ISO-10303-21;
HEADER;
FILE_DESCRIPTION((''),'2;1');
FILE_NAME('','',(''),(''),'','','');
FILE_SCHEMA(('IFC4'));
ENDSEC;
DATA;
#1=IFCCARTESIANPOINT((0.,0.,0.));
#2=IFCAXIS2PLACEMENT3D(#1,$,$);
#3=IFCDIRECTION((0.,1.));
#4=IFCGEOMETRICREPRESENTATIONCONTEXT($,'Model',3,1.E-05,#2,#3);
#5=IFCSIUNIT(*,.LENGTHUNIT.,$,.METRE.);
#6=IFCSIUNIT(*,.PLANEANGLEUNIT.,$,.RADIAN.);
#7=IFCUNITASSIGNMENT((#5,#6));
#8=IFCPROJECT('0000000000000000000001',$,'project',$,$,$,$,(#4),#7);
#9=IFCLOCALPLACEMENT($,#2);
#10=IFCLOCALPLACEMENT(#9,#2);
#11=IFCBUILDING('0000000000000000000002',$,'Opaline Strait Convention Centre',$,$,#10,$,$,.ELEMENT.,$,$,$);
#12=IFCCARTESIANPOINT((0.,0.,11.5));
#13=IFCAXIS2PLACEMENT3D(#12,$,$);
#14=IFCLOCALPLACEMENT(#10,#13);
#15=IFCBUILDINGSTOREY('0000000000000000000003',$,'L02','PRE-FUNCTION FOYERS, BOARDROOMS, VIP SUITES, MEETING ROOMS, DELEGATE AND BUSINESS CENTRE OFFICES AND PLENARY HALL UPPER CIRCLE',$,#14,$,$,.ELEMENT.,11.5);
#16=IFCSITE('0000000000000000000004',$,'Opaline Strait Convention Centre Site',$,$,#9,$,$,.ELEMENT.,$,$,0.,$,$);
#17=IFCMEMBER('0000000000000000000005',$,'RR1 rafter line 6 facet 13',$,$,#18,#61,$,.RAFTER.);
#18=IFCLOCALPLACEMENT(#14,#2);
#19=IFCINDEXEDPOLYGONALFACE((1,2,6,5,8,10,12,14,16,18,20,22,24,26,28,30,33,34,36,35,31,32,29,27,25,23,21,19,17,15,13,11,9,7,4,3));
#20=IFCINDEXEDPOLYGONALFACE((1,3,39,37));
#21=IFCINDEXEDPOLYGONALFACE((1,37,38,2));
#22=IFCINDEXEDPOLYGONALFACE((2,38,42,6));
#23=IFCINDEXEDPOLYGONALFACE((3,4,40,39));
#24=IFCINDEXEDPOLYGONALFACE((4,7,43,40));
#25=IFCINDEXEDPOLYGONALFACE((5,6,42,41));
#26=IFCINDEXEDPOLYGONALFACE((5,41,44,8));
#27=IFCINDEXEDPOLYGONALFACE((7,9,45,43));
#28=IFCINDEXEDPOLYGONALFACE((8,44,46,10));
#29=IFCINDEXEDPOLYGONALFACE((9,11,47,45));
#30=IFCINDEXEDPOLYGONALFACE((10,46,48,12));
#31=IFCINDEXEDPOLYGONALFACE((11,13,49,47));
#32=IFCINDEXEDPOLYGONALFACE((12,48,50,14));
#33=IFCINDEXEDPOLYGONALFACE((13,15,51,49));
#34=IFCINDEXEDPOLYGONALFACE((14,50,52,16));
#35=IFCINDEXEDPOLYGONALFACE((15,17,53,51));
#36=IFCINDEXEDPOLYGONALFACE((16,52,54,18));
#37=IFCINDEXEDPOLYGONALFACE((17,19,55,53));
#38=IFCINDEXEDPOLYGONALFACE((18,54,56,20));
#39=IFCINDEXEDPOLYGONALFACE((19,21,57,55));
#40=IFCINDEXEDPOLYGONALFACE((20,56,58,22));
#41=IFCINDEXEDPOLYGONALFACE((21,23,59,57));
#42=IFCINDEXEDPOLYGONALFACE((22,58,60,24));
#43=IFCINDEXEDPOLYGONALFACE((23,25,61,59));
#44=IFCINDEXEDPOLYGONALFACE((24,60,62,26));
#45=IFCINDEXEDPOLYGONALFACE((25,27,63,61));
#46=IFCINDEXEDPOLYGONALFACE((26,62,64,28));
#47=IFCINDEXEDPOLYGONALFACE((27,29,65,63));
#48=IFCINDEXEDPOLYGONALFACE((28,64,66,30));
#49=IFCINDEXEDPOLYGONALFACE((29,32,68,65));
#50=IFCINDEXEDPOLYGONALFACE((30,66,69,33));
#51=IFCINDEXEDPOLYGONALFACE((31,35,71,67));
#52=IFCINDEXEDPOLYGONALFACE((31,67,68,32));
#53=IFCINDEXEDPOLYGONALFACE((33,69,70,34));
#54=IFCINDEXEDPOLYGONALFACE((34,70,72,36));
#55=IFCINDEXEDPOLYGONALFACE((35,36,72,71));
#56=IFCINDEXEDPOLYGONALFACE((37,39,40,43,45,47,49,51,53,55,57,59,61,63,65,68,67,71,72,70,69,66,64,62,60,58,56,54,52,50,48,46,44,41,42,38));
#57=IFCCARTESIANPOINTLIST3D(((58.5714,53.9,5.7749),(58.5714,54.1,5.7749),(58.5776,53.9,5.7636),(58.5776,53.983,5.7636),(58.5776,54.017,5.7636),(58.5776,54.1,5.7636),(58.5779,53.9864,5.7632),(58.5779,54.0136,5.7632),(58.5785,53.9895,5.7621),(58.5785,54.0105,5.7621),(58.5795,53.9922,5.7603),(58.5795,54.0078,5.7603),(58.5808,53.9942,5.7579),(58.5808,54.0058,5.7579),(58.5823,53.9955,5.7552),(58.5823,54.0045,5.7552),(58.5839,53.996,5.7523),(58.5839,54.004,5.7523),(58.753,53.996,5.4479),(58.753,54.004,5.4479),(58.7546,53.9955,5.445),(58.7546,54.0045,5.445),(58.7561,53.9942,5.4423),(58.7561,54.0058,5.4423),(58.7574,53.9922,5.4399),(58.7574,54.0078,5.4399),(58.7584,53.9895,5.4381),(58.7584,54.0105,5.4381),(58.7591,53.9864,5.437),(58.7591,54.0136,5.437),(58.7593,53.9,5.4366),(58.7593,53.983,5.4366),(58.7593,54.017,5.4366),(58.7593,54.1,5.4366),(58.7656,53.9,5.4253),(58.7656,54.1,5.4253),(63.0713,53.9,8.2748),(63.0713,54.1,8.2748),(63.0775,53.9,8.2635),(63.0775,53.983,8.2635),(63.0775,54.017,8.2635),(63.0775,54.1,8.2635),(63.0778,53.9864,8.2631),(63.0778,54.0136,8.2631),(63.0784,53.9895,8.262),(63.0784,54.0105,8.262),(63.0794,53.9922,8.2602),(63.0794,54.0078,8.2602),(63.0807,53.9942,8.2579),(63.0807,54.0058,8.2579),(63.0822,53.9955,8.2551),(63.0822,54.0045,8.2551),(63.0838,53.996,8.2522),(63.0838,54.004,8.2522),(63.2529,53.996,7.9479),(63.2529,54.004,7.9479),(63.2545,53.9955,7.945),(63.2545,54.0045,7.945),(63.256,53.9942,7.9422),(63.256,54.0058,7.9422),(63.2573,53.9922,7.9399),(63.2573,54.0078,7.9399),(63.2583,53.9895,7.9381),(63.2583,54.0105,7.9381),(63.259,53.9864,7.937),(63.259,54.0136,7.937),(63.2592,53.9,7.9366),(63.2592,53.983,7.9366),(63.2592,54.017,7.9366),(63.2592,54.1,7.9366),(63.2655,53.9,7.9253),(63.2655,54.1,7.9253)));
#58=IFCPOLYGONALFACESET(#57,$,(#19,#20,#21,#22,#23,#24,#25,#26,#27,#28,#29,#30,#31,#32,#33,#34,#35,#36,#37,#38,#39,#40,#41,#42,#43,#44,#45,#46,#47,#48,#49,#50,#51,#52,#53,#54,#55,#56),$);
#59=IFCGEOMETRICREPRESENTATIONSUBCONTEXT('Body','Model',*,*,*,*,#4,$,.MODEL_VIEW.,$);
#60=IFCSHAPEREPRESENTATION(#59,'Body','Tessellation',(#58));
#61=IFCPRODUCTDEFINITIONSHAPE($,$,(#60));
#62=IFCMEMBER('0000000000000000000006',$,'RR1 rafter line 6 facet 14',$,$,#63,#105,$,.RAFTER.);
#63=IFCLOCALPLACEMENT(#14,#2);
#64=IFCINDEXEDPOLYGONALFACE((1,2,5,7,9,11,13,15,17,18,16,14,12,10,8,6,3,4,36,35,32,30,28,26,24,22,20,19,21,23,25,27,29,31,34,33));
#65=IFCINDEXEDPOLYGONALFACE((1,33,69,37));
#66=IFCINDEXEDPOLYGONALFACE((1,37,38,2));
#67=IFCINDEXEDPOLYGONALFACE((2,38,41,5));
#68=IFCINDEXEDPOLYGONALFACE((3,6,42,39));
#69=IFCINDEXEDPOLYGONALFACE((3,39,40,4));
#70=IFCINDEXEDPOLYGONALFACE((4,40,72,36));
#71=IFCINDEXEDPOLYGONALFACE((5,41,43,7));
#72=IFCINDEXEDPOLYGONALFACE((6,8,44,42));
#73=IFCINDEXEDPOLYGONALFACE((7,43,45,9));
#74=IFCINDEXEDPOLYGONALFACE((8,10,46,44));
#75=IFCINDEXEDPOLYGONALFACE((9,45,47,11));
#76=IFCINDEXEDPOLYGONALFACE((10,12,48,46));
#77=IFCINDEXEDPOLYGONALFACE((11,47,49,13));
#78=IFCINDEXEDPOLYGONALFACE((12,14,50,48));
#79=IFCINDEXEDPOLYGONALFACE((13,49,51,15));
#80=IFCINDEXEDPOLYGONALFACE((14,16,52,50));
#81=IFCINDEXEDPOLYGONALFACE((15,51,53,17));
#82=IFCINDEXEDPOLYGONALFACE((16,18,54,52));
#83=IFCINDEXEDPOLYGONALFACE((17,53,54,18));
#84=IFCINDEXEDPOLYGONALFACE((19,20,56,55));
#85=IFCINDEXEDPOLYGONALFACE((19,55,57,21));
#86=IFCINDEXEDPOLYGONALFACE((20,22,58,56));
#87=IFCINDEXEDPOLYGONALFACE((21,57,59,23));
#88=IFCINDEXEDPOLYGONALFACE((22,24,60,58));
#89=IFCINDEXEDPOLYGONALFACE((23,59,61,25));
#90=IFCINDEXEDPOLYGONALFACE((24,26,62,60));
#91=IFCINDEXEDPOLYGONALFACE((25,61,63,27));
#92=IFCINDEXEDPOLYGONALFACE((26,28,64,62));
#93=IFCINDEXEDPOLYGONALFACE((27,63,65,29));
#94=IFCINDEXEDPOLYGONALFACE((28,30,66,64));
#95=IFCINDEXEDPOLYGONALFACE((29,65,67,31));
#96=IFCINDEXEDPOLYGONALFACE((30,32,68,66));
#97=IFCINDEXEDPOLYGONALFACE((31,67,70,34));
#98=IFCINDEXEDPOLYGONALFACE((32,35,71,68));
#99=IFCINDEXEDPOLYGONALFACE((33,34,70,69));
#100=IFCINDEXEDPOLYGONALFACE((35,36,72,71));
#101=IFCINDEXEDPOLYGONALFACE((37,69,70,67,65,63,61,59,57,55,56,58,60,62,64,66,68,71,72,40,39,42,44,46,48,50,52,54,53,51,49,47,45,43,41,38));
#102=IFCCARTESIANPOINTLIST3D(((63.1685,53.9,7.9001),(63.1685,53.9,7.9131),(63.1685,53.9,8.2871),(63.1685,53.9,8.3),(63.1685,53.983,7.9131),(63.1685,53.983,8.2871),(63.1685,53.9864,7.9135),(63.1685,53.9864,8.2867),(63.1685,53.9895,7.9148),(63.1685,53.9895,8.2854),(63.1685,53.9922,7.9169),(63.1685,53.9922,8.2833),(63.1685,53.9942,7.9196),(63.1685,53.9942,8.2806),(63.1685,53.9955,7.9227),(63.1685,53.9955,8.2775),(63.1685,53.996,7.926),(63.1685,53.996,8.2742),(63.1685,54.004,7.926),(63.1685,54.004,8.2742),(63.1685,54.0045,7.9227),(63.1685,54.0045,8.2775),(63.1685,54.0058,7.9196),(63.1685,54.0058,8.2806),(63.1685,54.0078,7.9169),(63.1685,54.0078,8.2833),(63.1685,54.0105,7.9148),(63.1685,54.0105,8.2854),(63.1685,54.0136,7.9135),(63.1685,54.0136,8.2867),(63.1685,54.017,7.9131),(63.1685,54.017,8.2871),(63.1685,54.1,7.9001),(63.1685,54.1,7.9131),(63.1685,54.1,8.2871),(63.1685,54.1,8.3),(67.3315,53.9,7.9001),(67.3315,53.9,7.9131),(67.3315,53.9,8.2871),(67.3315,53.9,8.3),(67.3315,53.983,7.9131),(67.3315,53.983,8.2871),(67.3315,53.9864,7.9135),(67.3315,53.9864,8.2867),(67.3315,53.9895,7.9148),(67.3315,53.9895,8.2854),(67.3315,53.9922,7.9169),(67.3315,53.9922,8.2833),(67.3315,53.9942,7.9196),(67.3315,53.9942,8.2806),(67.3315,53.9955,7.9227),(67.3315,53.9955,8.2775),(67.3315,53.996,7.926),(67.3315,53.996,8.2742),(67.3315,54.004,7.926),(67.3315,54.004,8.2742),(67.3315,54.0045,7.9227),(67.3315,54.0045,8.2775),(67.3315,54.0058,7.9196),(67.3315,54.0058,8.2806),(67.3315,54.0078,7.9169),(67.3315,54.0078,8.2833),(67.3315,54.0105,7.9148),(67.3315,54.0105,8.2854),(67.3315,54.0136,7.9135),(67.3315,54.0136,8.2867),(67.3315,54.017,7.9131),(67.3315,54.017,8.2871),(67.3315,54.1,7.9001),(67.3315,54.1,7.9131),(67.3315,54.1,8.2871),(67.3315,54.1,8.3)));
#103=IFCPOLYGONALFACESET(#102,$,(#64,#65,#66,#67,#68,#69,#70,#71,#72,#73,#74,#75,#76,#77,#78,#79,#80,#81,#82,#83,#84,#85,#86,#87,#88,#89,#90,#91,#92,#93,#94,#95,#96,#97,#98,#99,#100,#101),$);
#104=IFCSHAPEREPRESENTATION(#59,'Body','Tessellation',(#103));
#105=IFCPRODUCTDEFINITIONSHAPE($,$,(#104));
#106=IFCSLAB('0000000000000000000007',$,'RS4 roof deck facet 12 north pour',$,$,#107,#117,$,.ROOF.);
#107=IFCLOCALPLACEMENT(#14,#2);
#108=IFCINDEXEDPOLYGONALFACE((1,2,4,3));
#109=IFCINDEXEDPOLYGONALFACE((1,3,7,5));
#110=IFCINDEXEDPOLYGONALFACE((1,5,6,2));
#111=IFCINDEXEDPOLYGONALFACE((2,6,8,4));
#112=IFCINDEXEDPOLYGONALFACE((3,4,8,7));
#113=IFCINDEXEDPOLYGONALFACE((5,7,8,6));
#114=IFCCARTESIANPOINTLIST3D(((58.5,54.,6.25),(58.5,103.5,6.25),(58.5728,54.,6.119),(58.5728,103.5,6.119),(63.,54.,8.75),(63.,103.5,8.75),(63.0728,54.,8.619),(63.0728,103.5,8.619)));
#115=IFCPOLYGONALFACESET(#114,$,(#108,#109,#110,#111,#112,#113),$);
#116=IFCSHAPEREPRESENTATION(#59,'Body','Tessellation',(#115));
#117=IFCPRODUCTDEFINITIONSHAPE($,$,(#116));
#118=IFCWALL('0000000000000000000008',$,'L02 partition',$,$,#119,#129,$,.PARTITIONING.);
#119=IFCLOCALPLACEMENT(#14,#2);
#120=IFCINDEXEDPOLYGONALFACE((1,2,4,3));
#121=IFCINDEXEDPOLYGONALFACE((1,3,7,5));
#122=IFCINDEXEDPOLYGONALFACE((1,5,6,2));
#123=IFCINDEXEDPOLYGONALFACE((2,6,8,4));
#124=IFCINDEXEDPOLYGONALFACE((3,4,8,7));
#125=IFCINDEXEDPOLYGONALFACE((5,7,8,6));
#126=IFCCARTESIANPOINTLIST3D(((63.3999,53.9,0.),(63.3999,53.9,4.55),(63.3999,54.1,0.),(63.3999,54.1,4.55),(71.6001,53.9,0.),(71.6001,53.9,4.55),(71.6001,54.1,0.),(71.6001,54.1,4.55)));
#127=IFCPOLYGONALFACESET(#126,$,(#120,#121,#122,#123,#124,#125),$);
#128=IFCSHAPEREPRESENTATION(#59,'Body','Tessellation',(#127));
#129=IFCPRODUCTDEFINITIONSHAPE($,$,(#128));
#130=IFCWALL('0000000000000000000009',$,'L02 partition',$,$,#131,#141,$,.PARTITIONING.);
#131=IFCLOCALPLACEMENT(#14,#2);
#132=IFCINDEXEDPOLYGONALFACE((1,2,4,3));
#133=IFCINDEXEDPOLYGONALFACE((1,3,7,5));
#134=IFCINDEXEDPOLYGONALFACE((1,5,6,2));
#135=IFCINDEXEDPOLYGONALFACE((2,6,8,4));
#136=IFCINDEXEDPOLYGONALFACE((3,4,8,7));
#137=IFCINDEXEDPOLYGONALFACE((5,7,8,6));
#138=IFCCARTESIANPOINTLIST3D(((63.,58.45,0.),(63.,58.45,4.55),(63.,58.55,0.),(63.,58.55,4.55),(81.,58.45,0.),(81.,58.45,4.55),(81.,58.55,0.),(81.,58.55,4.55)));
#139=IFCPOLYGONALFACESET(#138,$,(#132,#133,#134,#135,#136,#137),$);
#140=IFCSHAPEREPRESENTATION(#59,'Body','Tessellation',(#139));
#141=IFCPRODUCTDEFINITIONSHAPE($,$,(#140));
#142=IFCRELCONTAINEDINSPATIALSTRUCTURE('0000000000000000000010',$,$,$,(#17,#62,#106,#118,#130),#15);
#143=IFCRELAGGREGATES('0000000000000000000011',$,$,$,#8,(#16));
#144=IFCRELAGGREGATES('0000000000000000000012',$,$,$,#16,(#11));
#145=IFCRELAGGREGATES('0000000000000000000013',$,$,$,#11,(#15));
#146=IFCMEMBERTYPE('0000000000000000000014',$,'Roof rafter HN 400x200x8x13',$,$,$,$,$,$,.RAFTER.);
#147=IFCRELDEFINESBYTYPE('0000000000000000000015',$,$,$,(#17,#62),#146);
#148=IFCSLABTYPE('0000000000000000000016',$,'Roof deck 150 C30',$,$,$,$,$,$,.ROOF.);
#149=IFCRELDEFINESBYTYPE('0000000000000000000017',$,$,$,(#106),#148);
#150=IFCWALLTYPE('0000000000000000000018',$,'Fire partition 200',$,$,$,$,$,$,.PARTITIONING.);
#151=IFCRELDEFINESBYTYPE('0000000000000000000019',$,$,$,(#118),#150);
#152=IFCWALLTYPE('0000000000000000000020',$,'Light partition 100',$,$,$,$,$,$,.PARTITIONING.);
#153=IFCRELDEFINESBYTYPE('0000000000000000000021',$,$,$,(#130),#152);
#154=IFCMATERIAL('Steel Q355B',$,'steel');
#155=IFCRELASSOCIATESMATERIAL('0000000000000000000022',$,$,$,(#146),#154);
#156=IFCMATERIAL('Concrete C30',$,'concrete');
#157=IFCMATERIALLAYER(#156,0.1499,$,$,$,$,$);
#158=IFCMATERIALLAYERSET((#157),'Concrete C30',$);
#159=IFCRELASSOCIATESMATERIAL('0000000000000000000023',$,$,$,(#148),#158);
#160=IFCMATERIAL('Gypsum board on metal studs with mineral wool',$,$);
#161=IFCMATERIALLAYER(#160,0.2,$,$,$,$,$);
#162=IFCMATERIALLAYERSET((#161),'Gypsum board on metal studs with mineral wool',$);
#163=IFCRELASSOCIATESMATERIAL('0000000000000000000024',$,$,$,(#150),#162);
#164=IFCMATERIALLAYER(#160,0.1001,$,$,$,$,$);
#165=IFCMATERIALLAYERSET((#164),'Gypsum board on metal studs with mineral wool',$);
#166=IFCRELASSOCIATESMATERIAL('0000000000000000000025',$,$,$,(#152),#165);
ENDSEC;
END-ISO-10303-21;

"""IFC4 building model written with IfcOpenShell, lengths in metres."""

from ifc_helpers import new_model, si_unit, direction, frame, frame_2d, origin, origin_2d, place, context, subcontext, project, spatial, polyline, rectangle, i_section, outline, extrude, material, layer, layer_set, material_profile, profile_set, type_object, element, save


model = new_model("IFC4")

# Units and contexts
model_context = context("Model", 3, precision=1e-05, world=origin(), true_north=direction((0.0, 1.0)))
body_context = subcontext(model_context, "Body", "Model", "MODEL_VIEW")
ifc_project = project(units=[si_unit("LENGTHUNIT", "METRE"), si_unit("PLANEANGLEUNIT", "RADIAN")], contexts=[model_context])

# Site, building, storey
site_placement = place(None, origin())
site = spatial("IfcSite", under=ifc_project, at=site_placement, Name="Opaline Strait Convention Centre Site", CompositionType="ELEMENT", RefElevation=0.0)
building_placement = place(site_placement, origin())
building = spatial("IfcBuilding", under=site, at=building_placement, Name="Opaline Strait Convention Centre", CompositionType="ELEMENT")
storey_placement = place(building_placement, frame((0.0, 0.0, 11.5)))
storey = spatial("IfcBuildingStorey", under=building, at=storey_placement, Name="L02", Description="PRE-FUNCTION FOYERS, BOARDROOMS, VIP SUITES, MEETING ROOMS, DELEGATE AND BUSINESS CENTRE OFFICES AND PLENARY HALL UPPER CIRCLE", CompositionType="ELEMENT", Elevation=11.5)

# Shared definitions
ifc_material_1 = material(Name="Steel Q355B", Category="steel")

# Members
ifc_material_profile_1 = material_profile(ifc_material_1, i_section(OverallWidth=0.2, OverallDepth=0.3999, WebThickness=0.0081, FlangeThickness=0.0129, FilletRadius=0.0129, at=origin_2d()), Name="HN 400x200x8x13")
ifc_profile_set_1 = profile_set([ifc_material_profile_1], Name="Steel Q355B")
member_type_1 = type_object("IfcMemberType", Name="Roof rafter HN 400x200x8x13", PredefinedType="RAFTER", material=ifc_profile_set_1)
member_1_placement = place(storey_placement, frame((58.6685, 54.0, 5.6001), z_axis=(0.874157, 0.0, 0.485643), x_axis=(0.0, 1.0, 0.0)))
element("IfcMember", 1, at=member_1_placement, inside=storey, type_object=member_type_1, Name="RR1 rafter line 6 facet 13", PredefinedType="RAFTER", context=body_context, shape_type="SweptSolid", body=[
    extrude(i_section(OverallWidth=0.2, OverallDepth=0.3999, WebThickness=0.0081, FlangeThickness=0.0129, FilletRadius=0.0129, at=origin_2d()), origin(), (0.0, 0.0, 1.0), 5.1477),
])
member_2_placement = place(storey_placement, frame((63.1685, 54.0, 8.1001), z_axis=(1.0, 0.0, 0.0), x_axis=(0.0, 1.0, 0.0)))
element("IfcMember", 2, at=member_2_placement, inside=storey, type_object=member_type_1, Name="RR1 rafter line 6 facet 14", PredefinedType="RAFTER", context=body_context, shape_type="SweptSolid", body=[
    extrude(i_section(OverallWidth=0.2, OverallDepth=0.3999, WebThickness=0.0081, FlangeThickness=0.0129, FilletRadius=0.0129, at=origin_2d()), origin(), (0.0, 0.0, 1.0), 4.1631),
])

# Slab
ifc_material_2 = material(Name="Concrete C30", Category="concrete")
ifc_layer_1 = layer(ifc_material_2, 0.1499)
ifc_layer_set_1 = layer_set([ifc_layer_1], Name="Concrete C30")
slab_type = type_object("IfcSlabType", Name="Roof deck 150 C30", PredefinedType="ROOF", material=ifc_layer_set_1)
slab_placement = place(storey_placement, frame((58.5, 54.0, 6.25), z_axis=(-0.485643, 0.0, 0.874157), x_axis=(0.874157, 0.0, 0.485643)))
element("IfcSlab", 3, at=slab_placement, inside=storey, type_object=slab_type, Name="RS4 roof deck facet 12 north pour", PredefinedType="ROOF", context=body_context, shape_type="SweptSolid", body=[
    extrude(outline(polyline([(0.0, 0.0), (5.1478, 0.0), (5.1478, 49.5), (0.0, 49.5), (0.0, 0.0)])), origin(), (0.0, 0.0, -1.0), 0.1499),
])

# Walls
ifc_material_3 = material(Name="Gypsum board on metal studs with mineral wool")
ifc_layer_2 = layer(ifc_material_3, 0.2)
ifc_layer_set_2 = layer_set([ifc_layer_2], Name="Gypsum board on metal studs with mineral wool")
wall_type_1 = type_object("IfcWallType", Name="Fire partition 200", PredefinedType="PARTITIONING", material=ifc_layer_set_2)
wall_1_placement = place(storey_placement, frame((63.3999, 54.0, 0.0), z_axis=(0.0, 0.0, 1.0), x_axis=(1.0, 0.0, 0.0)))
element("IfcWall", 4, at=wall_1_placement, inside=storey, type_object=wall_type_1, Name="L02 partition", PredefinedType="PARTITIONING", context=body_context, shape_type="SweptSolid", body=[
    extrude(rectangle(XDim=8.2002, YDim=0.2, at=frame_2d((4.1001, 0.0))), origin(), (0.0, 0.0, 1.0), 4.55),
])
ifc_layer_3 = layer(ifc_material_3, 0.1001)
ifc_layer_set_3 = layer_set([ifc_layer_3], Name="Gypsum board on metal studs with mineral wool")
wall_type_2 = type_object("IfcWallType", Name="Light partition 100", PredefinedType="PARTITIONING", material=ifc_layer_set_3)
wall_2_placement = place(storey_placement, frame((63.0, 58.5, 0.0), z_axis=(0.0, 0.0, 1.0), x_axis=(1.0, 0.0, 0.0)))
element("IfcWall", 5, at=wall_2_placement, inside=storey, type_object=wall_type_2, Name="L02 partition", PredefinedType="PARTITIONING", context=body_context, shape_type="SweptSolid", body=[
    extrude(rectangle(XDim=18.0, YDim=0.1001, at=frame_2d((9.0, 0.0))), origin(), (0.0, 0.0, 1.0), 4.55),
])

save(model, "model.ifc")
